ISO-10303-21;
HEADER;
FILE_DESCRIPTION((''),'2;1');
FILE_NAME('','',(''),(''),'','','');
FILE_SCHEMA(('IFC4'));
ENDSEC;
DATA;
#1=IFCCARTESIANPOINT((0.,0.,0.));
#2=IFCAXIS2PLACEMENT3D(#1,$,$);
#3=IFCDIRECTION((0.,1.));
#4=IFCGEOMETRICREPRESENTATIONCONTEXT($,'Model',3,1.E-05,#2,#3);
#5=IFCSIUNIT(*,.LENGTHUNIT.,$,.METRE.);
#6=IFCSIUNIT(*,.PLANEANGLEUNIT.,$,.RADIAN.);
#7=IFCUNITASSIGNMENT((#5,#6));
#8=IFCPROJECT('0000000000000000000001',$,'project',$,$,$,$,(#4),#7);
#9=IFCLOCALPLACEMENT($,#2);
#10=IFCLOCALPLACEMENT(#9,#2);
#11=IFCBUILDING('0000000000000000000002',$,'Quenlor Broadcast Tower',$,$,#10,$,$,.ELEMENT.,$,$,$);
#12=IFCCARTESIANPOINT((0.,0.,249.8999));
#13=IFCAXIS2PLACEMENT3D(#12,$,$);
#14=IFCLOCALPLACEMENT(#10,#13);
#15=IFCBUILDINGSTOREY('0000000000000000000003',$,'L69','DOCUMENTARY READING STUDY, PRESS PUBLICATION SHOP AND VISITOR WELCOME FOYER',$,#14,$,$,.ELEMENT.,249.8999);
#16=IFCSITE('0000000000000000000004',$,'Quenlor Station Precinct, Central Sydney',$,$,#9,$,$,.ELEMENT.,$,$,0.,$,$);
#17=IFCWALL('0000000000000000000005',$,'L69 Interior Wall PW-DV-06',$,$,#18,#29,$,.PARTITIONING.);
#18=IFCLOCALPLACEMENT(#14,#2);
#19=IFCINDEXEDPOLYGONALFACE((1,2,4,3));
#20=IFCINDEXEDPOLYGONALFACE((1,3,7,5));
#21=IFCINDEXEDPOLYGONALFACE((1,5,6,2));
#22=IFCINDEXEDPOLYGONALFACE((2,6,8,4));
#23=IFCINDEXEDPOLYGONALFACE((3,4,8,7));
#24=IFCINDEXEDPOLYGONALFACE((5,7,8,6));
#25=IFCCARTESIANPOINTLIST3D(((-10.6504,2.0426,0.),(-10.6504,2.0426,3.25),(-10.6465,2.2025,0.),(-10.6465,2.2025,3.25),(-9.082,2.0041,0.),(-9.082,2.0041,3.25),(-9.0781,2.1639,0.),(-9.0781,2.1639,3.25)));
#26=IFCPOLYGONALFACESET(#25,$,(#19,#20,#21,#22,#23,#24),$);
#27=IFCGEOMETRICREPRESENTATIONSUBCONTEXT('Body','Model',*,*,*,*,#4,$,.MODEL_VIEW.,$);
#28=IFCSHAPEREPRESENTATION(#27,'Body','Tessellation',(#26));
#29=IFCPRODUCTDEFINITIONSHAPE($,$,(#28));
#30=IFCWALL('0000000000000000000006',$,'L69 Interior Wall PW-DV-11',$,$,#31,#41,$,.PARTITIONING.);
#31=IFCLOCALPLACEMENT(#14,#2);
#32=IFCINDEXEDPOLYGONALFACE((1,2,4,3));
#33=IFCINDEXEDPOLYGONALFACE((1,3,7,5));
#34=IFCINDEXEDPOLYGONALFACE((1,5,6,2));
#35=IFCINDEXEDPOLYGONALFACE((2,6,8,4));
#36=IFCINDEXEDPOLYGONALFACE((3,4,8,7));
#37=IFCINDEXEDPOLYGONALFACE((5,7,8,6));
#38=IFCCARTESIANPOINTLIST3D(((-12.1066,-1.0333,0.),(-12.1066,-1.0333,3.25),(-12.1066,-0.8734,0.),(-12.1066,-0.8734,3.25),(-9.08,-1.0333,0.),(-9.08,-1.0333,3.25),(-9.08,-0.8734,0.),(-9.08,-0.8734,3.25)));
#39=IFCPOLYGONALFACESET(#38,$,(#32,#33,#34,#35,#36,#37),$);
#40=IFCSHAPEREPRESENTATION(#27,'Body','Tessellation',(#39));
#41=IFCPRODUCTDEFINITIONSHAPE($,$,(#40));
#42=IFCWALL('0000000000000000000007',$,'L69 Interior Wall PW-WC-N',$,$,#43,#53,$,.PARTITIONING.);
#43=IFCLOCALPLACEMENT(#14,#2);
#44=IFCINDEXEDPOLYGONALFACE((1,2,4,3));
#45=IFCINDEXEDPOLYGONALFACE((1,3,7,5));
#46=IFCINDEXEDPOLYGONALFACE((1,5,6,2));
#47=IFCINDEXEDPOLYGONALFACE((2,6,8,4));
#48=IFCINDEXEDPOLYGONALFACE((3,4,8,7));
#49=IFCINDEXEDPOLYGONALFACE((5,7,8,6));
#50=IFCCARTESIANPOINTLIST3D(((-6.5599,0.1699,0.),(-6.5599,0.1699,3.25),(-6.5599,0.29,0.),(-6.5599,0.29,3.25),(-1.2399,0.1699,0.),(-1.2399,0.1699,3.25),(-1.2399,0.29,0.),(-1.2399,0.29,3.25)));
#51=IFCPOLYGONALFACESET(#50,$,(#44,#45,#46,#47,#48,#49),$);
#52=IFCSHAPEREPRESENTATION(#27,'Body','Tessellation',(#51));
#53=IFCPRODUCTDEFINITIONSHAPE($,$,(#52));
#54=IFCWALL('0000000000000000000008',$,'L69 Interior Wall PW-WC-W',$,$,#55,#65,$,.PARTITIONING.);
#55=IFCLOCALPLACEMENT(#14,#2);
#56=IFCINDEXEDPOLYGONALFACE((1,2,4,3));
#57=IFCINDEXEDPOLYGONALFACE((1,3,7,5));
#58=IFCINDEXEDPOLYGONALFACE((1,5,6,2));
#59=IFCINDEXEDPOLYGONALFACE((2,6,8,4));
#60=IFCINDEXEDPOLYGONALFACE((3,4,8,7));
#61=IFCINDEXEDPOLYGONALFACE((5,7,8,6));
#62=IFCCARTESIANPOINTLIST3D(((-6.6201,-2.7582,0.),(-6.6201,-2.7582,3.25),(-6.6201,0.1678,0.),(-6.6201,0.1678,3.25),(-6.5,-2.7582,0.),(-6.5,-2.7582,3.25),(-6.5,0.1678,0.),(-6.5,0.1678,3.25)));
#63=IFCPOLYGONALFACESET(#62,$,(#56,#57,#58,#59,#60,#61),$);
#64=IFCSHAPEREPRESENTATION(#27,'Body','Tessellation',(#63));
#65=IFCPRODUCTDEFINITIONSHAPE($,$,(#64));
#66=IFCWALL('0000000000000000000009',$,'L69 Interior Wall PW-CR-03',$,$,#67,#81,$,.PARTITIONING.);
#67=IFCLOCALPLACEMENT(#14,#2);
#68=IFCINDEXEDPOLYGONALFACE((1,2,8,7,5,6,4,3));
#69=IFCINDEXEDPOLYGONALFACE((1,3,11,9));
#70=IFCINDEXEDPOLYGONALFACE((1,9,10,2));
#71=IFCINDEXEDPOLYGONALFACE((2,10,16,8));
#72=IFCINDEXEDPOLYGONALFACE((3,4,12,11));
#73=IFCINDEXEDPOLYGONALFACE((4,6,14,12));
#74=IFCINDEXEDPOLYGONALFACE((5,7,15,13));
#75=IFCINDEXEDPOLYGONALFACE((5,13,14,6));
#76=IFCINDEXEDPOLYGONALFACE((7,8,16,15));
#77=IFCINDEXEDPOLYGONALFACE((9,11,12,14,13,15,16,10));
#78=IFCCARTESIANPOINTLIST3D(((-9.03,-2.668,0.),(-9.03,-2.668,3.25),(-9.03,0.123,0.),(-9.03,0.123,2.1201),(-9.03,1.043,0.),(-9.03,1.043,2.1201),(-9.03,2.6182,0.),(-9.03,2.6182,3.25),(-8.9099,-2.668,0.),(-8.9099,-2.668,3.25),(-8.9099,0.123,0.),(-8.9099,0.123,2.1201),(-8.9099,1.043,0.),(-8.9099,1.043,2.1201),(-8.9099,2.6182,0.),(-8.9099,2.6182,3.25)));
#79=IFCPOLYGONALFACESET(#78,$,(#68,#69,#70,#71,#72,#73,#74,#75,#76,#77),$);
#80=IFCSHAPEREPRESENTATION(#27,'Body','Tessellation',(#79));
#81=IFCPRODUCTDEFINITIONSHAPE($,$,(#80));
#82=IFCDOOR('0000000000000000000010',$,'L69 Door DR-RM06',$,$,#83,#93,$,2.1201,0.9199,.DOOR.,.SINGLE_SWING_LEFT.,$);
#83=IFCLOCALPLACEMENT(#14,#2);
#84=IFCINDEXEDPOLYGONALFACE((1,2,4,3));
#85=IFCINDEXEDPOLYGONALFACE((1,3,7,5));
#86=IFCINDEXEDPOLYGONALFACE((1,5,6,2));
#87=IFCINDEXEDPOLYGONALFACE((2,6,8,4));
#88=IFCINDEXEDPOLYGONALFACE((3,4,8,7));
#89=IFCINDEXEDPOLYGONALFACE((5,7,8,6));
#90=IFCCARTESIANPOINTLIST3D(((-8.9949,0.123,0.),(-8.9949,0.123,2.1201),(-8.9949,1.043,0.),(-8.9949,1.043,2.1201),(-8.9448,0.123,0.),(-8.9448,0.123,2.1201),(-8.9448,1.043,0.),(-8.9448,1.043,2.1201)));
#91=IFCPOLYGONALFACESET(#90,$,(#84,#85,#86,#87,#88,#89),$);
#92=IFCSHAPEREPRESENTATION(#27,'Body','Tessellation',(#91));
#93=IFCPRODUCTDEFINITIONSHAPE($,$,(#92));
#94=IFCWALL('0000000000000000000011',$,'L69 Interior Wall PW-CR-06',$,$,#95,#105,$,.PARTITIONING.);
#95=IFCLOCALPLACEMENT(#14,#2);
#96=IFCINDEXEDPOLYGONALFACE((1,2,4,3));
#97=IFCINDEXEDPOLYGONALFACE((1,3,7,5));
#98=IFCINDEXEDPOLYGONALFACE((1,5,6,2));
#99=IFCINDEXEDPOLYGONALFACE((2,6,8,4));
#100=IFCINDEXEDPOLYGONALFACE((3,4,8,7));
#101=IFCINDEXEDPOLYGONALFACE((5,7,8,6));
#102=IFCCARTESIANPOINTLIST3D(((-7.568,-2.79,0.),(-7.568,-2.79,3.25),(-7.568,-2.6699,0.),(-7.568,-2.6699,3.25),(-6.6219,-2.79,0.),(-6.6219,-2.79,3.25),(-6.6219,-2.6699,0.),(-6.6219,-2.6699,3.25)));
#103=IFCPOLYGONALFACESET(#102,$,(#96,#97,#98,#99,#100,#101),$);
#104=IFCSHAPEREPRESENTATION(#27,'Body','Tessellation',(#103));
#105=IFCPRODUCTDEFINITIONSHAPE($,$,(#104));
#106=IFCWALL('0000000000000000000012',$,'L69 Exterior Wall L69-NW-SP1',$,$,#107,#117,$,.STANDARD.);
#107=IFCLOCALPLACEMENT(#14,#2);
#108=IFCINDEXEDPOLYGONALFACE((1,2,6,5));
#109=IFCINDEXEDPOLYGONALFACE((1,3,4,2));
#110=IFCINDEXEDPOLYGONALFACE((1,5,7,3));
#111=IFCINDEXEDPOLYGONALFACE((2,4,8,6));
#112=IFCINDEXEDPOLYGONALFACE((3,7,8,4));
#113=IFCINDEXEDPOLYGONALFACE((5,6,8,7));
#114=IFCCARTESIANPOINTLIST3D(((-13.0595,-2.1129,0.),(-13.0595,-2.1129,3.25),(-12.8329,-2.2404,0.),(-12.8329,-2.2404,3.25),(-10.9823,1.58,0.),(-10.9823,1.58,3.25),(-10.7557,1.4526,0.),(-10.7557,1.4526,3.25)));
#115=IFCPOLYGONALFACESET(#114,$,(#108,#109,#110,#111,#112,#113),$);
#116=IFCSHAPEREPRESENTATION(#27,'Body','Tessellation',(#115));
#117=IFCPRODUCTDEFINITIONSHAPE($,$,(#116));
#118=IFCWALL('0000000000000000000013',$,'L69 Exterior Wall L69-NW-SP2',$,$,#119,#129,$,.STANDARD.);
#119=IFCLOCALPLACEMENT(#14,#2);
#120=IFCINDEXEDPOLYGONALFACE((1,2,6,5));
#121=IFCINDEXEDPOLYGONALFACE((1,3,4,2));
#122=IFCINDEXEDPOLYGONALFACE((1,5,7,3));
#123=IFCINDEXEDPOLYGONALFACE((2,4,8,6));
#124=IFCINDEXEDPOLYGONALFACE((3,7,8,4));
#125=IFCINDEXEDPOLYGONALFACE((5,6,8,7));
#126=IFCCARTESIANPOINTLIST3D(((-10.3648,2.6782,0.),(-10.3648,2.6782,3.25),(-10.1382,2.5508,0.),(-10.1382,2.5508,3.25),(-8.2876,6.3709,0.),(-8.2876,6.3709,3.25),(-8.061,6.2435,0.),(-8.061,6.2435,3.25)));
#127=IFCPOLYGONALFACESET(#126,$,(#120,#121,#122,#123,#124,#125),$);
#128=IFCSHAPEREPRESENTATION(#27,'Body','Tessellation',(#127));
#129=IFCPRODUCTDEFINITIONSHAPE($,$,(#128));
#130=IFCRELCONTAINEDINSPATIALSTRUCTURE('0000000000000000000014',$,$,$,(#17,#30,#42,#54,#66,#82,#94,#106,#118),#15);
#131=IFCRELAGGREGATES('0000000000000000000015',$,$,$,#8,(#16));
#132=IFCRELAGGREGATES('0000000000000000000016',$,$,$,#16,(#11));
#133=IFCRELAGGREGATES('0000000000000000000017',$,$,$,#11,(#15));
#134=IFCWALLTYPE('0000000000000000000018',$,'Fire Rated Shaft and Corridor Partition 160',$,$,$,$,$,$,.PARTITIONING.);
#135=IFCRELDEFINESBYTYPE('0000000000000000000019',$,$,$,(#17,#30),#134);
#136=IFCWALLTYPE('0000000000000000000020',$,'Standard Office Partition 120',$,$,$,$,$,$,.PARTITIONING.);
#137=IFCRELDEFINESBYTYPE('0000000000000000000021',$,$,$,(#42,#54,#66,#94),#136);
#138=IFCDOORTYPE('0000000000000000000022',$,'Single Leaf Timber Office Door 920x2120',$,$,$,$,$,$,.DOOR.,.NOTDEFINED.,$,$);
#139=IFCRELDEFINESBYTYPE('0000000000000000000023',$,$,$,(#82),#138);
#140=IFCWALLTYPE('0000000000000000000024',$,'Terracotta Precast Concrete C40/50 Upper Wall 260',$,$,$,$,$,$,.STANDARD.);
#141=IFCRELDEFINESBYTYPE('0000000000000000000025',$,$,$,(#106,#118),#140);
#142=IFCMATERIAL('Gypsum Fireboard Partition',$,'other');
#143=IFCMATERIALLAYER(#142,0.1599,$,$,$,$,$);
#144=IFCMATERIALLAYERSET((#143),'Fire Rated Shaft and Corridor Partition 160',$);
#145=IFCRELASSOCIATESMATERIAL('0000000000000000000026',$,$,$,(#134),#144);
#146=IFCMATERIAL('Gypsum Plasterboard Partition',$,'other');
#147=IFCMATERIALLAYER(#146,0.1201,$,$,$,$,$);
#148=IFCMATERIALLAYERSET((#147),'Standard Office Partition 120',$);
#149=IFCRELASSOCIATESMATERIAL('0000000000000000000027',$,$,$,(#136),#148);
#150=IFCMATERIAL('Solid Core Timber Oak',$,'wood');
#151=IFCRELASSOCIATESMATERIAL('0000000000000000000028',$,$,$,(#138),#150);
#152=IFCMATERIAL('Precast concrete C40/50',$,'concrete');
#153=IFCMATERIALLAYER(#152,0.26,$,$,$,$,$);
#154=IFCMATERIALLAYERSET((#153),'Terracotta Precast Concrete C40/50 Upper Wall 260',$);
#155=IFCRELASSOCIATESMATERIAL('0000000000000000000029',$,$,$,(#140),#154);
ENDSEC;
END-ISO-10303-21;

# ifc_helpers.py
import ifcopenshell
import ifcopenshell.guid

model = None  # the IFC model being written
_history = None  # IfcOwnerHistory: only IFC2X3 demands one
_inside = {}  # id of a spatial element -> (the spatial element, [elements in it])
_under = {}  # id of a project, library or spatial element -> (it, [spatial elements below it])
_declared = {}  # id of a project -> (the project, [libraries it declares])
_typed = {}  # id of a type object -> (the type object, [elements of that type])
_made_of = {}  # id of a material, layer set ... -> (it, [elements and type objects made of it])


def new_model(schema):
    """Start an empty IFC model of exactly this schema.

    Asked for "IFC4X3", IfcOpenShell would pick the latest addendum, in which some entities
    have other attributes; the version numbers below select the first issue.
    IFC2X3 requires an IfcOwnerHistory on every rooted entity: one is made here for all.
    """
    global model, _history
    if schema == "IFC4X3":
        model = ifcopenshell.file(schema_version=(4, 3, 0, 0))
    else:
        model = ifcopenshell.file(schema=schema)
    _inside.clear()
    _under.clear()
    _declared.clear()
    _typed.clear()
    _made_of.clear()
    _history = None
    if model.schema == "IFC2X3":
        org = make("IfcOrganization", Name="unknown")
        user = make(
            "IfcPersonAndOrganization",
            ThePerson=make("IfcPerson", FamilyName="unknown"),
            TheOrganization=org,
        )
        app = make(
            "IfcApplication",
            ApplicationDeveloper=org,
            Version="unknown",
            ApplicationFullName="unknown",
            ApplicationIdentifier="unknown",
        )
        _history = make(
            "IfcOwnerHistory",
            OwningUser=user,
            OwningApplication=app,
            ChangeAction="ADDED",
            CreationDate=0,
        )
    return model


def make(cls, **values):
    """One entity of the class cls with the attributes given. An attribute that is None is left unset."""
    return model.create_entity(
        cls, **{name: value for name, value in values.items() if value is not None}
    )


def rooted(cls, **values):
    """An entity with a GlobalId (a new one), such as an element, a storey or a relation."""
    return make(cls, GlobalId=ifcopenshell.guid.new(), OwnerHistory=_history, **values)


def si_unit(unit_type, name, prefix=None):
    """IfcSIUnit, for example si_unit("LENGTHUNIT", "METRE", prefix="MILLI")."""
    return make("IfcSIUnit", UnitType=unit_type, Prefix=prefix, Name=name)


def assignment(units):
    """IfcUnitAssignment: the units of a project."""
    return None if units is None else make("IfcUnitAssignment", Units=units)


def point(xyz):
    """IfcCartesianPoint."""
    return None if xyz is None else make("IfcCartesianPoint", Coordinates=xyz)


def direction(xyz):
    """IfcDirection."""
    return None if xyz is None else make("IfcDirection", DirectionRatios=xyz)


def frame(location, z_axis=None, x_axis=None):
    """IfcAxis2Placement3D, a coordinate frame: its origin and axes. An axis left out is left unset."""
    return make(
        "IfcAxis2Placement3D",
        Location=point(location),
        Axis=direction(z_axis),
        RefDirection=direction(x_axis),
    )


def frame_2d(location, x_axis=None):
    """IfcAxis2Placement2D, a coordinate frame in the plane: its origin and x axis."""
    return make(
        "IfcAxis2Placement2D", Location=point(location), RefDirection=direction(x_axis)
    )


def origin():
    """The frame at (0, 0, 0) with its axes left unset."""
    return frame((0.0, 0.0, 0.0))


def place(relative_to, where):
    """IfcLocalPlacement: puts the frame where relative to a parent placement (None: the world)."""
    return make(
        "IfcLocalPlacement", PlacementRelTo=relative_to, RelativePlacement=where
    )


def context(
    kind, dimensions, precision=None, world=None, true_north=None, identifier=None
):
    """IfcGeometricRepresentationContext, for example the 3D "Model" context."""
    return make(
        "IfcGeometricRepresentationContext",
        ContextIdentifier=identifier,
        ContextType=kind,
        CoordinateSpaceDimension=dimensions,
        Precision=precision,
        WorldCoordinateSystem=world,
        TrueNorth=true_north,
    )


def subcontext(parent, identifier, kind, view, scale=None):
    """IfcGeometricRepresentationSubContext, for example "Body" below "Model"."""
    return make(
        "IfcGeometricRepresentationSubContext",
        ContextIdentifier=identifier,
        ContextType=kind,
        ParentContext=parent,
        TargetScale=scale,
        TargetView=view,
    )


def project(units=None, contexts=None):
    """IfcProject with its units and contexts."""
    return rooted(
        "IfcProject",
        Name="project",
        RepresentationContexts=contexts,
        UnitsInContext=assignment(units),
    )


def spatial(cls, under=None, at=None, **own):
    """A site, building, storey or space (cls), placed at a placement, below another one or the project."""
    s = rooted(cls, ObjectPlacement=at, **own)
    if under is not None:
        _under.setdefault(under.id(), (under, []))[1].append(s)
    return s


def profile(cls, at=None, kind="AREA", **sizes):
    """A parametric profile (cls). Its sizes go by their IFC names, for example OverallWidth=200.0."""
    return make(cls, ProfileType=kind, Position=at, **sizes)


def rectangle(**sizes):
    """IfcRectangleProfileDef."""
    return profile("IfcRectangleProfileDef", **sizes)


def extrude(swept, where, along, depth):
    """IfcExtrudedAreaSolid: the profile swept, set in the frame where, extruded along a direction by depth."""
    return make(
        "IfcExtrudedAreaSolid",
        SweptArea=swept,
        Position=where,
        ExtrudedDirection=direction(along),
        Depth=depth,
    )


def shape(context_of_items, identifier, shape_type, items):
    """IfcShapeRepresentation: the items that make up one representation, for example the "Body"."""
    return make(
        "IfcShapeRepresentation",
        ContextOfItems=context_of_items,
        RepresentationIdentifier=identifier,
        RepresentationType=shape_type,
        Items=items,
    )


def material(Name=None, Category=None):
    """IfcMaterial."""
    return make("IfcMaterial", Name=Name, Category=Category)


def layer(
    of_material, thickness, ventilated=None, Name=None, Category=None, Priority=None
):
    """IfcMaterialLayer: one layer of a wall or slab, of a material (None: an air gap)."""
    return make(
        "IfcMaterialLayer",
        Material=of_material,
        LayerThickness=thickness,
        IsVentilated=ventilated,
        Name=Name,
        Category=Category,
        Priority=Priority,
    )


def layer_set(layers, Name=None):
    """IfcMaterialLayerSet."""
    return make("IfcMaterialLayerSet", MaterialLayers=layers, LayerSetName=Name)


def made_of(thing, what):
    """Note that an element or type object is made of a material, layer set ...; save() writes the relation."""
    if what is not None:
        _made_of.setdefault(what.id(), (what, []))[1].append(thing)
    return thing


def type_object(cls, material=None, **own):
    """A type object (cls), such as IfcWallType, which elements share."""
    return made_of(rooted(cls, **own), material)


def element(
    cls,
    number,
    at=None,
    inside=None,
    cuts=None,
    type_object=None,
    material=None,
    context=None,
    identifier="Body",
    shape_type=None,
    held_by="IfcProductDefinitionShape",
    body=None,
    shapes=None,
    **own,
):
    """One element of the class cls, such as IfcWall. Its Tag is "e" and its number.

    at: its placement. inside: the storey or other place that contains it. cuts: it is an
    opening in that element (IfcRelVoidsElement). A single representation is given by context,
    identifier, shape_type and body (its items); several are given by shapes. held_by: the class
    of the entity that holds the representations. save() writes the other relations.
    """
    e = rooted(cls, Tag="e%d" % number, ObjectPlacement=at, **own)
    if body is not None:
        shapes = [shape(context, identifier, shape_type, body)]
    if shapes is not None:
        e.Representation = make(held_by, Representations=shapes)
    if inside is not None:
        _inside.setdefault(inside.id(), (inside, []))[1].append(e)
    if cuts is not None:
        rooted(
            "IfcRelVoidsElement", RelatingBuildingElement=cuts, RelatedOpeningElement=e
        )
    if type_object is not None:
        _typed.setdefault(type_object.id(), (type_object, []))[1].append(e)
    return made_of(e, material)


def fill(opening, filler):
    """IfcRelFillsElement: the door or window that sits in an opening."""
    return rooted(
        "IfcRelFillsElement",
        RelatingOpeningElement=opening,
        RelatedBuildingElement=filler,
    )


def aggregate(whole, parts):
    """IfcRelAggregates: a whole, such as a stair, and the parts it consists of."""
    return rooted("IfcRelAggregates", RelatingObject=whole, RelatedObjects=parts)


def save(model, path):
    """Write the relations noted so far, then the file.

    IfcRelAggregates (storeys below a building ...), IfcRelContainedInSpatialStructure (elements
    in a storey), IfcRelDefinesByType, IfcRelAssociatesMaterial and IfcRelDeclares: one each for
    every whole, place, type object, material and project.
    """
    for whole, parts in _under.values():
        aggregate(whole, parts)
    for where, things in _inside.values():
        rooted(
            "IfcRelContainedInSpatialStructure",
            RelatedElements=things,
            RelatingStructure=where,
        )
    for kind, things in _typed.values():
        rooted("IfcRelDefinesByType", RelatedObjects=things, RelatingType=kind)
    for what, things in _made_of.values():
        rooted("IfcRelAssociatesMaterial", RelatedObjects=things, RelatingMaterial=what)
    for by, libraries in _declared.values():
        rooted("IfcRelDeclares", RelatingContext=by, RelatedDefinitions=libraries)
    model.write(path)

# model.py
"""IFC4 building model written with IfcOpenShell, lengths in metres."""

from ifc_helpers import new_model, si_unit, direction, frame, frame_2d, origin, place, context, subcontext, project, spatial, rectangle, extrude, material, layer, layer_set, type_object, element, fill, save


model = new_model("IFC4")

# Units and contexts
model_context = context("Model", 3, precision=1e-05, world=origin(), true_north=direction((0.0, 1.0)))
body_context = subcontext(model_context, "Body", "Model", "MODEL_VIEW")
ifc_project = project(units=[si_unit("LENGTHUNIT", "METRE"), si_unit("PLANEANGLEUNIT", "RADIAN")], contexts=[model_context])

# Site, building, storey
site_placement = place(None, origin())
site = spatial("IfcSite", under=ifc_project, at=site_placement, Name="Quenlor Station Precinct, Central Sydney", CompositionType="ELEMENT", RefElevation=0.0)
building_placement = place(site_placement, origin())
building = spatial("IfcBuilding", under=site, at=building_placement, Name="Quenlor Broadcast Tower", CompositionType="ELEMENT")
storey_placement = place(building_placement, frame((0.0, 0.0, 249.8999)))
storey = spatial("IfcBuildingStorey", under=building, at=storey_placement, Name="L69", Description="DOCUMENTARY READING STUDY, PRESS PUBLICATION SHOP AND VISITOR WELCOME FOYER", CompositionType="ELEMENT", Elevation=249.8999)

# Walls
ifc_material_1 = material(Name="Gypsum Fireboard Partition", Category="other")
ifc_layer_1 = layer(ifc_material_1, 0.1599)
ifc_layer_set_1 = layer_set([ifc_layer_1], Name="Fire Rated Shaft and Corridor Partition 160")
wall_type_1 = type_object("IfcWallType", Name="Fire Rated Shaft and Corridor Partition 160", PredefinedType="PARTITIONING", material=ifc_layer_set_1)
wall_1_placement = place(storey_placement, frame((-9.0801, 2.084, 0.0), z_axis=(0.0, 0.0, 1.0), x_axis=(-0.999698, 0.024588, 0.0)))
element("IfcWall", 1, at=wall_1_placement, inside=storey, type_object=wall_type_1, Name="L69 Interior Wall PW-DV-06", PredefinedType="PARTITIONING", context=body_context, shape_type="SweptSolid", body=[
    extrude(rectangle(XDim=1.5688, YDim=0.1599, at=frame_2d((0.7844, 0.0))), origin(), (0.0, 0.0, 1.0), 3.25),
])
wall_2_placement = place(storey_placement, frame((-9.0801, -0.9534, 0.0), z_axis=(0.0, 0.0, 1.0), x_axis=(-1.0, 0.0, 0.0)))
element("IfcWall", 2, at=wall_2_placement, inside=storey, type_object=wall_type_1, Name="L69 Interior Wall PW-DV-11", PredefinedType="PARTITIONING", context=body_context, shape_type="SweptSolid", body=[
    extrude(rectangle(XDim=3.0266, YDim=0.1599, at=frame_2d((1.5132, 0.0))), origin(), (0.0, 0.0, 1.0), 3.25),
])
ifc_material_2 = material(Name="Gypsum Plasterboard Partition", Category="other")
ifc_layer_2 = layer(ifc_material_2, 0.1201)
ifc_layer_set_2 = layer_set([ifc_layer_2], Name="Standard Office Partition 120")
wall_type_2 = type_object("IfcWallType", Name="Standard Office Partition 120", PredefinedType="PARTITIONING", material=ifc_layer_set_2)
wall_3_placement = place(storey_placement, frame((-6.5601, 0.23, 0.0), z_axis=(0.0, 0.0, 1.0), x_axis=(1.0, 0.0, 0.0)))
element("IfcWall", 3, at=wall_3_placement, inside=storey, type_object=wall_type_2, Name="L69 Interior Wall PW-WC-N", PredefinedType="PARTITIONING", context=body_context, shape_type="SweptSolid", body=[
    extrude(rectangle(XDim=5.3201, YDim=0.1201, at=frame_2d((2.6602, 0.0))), origin(), (0.0, 0.0, 1.0), 3.25),
])
wall_4_placement = place(storey_placement, frame((-6.5601, -2.7581, 0.0), z_axis=(0.0, 0.0, 1.0), x_axis=(0.0, 1.0, 0.0)))
element("IfcWall", 4, at=wall_4_placement, inside=storey, type_object=wall_type_2, Name="L69 Interior Wall PW-WC-W", PredefinedType="PARTITIONING", context=body_context, shape_type="SweptSolid", body=[
    extrude(rectangle(XDim=2.926, YDim=0.1201, at=frame_2d((1.4629, 0.0))), origin(), (0.0, 0.0, 1.0), 3.25),
])

# Wall, opening, door
ifc_material_3 = material(Name="Solid Core Timber Oak", Category="wood")
door_type = type_object("IfcDoorType", Name="Single Leaf Timber Office Door 920x2120", OperationType="NOTDEFINED", PredefinedType="DOOR", material=ifc_material_3)
wall_5_placement = place(storey_placement, frame((-8.97, -2.668, 0.0), z_axis=(0.0, 0.0, 1.0), x_axis=(0.0, 1.0, 0.0)))
wall_5 = element("IfcWall", 5, at=wall_5_placement, inside=storey, type_object=wall_type_2, Name="L69 Interior Wall PW-CR-03", PredefinedType="PARTITIONING", context=body_context, shape_type="SweptSolid", body=[
    extrude(rectangle(XDim=5.2861, YDim=0.1201, at=frame_2d((2.6431, 0.0))), origin(), (0.0, 0.0, 1.0), 3.25),
])
opening_1_placement = place(wall_5_placement, frame((2.791, 0.0, 0.0)))
opening_1 = element("IfcOpeningElement", 6, at=opening_1_placement, cuts=wall_5, PredefinedType="OPENING", context=body_context, shape_type="SweptSolid", body=[
    extrude(rectangle(XDim=0.9199, YDim=2.1201, at=frame_2d((0.46, 1.0601))), frame((0.0, 0.0701, 0.0), z_axis=(0.0, -1.0, 0.0), x_axis=(1.0, 0.0, 0.0)), (0.0, 0.0, 1.0), 0.1401),
])
door_1_placement = place(opening_1_placement, origin())
door_1 = element("IfcDoor", 7, at=door_1_placement, inside=storey, type_object=door_type, Name="L69 Door DR-RM06", OperationType="SINGLE_SWING_LEFT", OverallHeight=2.1201, OverallWidth=0.9199, PredefinedType="DOOR", context=body_context, shape_type="SweptSolid", body=[
    extrude(rectangle(XDim=0.9199, YDim=2.1201, at=frame_2d((0.46, 1.0601))), frame((0.0, 0.0249, 0.0), z_axis=(0.0, -1.0, 0.0), x_axis=(1.0, 0.0, 0.0)), (0.0, 0.0, 1.0), 0.05),
])
fill(opening_1, door_1)

# Walls
wall_6_placement = place(storey_placement, frame((-7.5681, -2.73, 0.0), z_axis=(0.0, 0.0, 1.0), x_axis=(1.0, 0.0, 0.0)))
element("IfcWall", 8, at=wall_6_placement, inside=storey, type_object=wall_type_2, Name="L69 Interior Wall PW-CR-06", PredefinedType="PARTITIONING", context=body_context, shape_type="SweptSolid", body=[
    extrude(rectangle(XDim=0.946, YDim=0.1201, at=frame_2d((0.4731, 0.0))), origin(), (0.0, 0.0, 1.0), 3.25),
])
ifc_material_4 = material(Name="Precast concrete C40/50", Category="concrete")
ifc_layer_3 = layer(ifc_material_4, 0.26)
ifc_layer_set_3 = layer_set([ifc_layer_3], Name="Terracotta Precast Concrete C40/50 Upper Wall 260")
wall_type_3 = type_object("IfcWallType", Name="Terracotta Precast Concrete C40/50 Upper Wall 260", PredefinedType="STANDARD", material=ifc_layer_set_3)
wall_7_placement = place(storey_placement, frame((-12.9463, -2.1768, 0.0), z_axis=(0.0, 0.0, 1.0), x_axis=(0.490245, 0.871585, 0.0)))
element("IfcWall", 9, at=wall_7_placement, inside=storey, type_object=wall_type_3, Name="L69 Exterior Wall L69-NW-SP1", PredefinedType="STANDARD", context=body_context, shape_type="SweptSolid", body=[
    extrude(rectangle(XDim=4.2371, YDim=0.26, at=frame_2d((2.1187, 0.0))), origin(), (0.0, 0.0, 1.0), 3.25),
])
wall_8_placement = place(storey_placement, frame((-10.2515, 2.6145, 0.0), z_axis=(0.0, 0.0, 1.0), x_axis=(0.490269, 0.871571, 0.0)))
element("IfcWall", 10, at=wall_8_placement, inside=storey, type_object=wall_type_3, Name="L69 Exterior Wall L69-NW-SP2", PredefinedType="STANDARD", context=body_context, shape_type="SweptSolid", body=[
    extrude(rectangle(XDim=4.2368, YDim=0.26, at=frame_2d((2.1184, 0.0))), origin(), (0.0, 0.0, 1.0), 3.25),
])

save(model, "model.ifc")
